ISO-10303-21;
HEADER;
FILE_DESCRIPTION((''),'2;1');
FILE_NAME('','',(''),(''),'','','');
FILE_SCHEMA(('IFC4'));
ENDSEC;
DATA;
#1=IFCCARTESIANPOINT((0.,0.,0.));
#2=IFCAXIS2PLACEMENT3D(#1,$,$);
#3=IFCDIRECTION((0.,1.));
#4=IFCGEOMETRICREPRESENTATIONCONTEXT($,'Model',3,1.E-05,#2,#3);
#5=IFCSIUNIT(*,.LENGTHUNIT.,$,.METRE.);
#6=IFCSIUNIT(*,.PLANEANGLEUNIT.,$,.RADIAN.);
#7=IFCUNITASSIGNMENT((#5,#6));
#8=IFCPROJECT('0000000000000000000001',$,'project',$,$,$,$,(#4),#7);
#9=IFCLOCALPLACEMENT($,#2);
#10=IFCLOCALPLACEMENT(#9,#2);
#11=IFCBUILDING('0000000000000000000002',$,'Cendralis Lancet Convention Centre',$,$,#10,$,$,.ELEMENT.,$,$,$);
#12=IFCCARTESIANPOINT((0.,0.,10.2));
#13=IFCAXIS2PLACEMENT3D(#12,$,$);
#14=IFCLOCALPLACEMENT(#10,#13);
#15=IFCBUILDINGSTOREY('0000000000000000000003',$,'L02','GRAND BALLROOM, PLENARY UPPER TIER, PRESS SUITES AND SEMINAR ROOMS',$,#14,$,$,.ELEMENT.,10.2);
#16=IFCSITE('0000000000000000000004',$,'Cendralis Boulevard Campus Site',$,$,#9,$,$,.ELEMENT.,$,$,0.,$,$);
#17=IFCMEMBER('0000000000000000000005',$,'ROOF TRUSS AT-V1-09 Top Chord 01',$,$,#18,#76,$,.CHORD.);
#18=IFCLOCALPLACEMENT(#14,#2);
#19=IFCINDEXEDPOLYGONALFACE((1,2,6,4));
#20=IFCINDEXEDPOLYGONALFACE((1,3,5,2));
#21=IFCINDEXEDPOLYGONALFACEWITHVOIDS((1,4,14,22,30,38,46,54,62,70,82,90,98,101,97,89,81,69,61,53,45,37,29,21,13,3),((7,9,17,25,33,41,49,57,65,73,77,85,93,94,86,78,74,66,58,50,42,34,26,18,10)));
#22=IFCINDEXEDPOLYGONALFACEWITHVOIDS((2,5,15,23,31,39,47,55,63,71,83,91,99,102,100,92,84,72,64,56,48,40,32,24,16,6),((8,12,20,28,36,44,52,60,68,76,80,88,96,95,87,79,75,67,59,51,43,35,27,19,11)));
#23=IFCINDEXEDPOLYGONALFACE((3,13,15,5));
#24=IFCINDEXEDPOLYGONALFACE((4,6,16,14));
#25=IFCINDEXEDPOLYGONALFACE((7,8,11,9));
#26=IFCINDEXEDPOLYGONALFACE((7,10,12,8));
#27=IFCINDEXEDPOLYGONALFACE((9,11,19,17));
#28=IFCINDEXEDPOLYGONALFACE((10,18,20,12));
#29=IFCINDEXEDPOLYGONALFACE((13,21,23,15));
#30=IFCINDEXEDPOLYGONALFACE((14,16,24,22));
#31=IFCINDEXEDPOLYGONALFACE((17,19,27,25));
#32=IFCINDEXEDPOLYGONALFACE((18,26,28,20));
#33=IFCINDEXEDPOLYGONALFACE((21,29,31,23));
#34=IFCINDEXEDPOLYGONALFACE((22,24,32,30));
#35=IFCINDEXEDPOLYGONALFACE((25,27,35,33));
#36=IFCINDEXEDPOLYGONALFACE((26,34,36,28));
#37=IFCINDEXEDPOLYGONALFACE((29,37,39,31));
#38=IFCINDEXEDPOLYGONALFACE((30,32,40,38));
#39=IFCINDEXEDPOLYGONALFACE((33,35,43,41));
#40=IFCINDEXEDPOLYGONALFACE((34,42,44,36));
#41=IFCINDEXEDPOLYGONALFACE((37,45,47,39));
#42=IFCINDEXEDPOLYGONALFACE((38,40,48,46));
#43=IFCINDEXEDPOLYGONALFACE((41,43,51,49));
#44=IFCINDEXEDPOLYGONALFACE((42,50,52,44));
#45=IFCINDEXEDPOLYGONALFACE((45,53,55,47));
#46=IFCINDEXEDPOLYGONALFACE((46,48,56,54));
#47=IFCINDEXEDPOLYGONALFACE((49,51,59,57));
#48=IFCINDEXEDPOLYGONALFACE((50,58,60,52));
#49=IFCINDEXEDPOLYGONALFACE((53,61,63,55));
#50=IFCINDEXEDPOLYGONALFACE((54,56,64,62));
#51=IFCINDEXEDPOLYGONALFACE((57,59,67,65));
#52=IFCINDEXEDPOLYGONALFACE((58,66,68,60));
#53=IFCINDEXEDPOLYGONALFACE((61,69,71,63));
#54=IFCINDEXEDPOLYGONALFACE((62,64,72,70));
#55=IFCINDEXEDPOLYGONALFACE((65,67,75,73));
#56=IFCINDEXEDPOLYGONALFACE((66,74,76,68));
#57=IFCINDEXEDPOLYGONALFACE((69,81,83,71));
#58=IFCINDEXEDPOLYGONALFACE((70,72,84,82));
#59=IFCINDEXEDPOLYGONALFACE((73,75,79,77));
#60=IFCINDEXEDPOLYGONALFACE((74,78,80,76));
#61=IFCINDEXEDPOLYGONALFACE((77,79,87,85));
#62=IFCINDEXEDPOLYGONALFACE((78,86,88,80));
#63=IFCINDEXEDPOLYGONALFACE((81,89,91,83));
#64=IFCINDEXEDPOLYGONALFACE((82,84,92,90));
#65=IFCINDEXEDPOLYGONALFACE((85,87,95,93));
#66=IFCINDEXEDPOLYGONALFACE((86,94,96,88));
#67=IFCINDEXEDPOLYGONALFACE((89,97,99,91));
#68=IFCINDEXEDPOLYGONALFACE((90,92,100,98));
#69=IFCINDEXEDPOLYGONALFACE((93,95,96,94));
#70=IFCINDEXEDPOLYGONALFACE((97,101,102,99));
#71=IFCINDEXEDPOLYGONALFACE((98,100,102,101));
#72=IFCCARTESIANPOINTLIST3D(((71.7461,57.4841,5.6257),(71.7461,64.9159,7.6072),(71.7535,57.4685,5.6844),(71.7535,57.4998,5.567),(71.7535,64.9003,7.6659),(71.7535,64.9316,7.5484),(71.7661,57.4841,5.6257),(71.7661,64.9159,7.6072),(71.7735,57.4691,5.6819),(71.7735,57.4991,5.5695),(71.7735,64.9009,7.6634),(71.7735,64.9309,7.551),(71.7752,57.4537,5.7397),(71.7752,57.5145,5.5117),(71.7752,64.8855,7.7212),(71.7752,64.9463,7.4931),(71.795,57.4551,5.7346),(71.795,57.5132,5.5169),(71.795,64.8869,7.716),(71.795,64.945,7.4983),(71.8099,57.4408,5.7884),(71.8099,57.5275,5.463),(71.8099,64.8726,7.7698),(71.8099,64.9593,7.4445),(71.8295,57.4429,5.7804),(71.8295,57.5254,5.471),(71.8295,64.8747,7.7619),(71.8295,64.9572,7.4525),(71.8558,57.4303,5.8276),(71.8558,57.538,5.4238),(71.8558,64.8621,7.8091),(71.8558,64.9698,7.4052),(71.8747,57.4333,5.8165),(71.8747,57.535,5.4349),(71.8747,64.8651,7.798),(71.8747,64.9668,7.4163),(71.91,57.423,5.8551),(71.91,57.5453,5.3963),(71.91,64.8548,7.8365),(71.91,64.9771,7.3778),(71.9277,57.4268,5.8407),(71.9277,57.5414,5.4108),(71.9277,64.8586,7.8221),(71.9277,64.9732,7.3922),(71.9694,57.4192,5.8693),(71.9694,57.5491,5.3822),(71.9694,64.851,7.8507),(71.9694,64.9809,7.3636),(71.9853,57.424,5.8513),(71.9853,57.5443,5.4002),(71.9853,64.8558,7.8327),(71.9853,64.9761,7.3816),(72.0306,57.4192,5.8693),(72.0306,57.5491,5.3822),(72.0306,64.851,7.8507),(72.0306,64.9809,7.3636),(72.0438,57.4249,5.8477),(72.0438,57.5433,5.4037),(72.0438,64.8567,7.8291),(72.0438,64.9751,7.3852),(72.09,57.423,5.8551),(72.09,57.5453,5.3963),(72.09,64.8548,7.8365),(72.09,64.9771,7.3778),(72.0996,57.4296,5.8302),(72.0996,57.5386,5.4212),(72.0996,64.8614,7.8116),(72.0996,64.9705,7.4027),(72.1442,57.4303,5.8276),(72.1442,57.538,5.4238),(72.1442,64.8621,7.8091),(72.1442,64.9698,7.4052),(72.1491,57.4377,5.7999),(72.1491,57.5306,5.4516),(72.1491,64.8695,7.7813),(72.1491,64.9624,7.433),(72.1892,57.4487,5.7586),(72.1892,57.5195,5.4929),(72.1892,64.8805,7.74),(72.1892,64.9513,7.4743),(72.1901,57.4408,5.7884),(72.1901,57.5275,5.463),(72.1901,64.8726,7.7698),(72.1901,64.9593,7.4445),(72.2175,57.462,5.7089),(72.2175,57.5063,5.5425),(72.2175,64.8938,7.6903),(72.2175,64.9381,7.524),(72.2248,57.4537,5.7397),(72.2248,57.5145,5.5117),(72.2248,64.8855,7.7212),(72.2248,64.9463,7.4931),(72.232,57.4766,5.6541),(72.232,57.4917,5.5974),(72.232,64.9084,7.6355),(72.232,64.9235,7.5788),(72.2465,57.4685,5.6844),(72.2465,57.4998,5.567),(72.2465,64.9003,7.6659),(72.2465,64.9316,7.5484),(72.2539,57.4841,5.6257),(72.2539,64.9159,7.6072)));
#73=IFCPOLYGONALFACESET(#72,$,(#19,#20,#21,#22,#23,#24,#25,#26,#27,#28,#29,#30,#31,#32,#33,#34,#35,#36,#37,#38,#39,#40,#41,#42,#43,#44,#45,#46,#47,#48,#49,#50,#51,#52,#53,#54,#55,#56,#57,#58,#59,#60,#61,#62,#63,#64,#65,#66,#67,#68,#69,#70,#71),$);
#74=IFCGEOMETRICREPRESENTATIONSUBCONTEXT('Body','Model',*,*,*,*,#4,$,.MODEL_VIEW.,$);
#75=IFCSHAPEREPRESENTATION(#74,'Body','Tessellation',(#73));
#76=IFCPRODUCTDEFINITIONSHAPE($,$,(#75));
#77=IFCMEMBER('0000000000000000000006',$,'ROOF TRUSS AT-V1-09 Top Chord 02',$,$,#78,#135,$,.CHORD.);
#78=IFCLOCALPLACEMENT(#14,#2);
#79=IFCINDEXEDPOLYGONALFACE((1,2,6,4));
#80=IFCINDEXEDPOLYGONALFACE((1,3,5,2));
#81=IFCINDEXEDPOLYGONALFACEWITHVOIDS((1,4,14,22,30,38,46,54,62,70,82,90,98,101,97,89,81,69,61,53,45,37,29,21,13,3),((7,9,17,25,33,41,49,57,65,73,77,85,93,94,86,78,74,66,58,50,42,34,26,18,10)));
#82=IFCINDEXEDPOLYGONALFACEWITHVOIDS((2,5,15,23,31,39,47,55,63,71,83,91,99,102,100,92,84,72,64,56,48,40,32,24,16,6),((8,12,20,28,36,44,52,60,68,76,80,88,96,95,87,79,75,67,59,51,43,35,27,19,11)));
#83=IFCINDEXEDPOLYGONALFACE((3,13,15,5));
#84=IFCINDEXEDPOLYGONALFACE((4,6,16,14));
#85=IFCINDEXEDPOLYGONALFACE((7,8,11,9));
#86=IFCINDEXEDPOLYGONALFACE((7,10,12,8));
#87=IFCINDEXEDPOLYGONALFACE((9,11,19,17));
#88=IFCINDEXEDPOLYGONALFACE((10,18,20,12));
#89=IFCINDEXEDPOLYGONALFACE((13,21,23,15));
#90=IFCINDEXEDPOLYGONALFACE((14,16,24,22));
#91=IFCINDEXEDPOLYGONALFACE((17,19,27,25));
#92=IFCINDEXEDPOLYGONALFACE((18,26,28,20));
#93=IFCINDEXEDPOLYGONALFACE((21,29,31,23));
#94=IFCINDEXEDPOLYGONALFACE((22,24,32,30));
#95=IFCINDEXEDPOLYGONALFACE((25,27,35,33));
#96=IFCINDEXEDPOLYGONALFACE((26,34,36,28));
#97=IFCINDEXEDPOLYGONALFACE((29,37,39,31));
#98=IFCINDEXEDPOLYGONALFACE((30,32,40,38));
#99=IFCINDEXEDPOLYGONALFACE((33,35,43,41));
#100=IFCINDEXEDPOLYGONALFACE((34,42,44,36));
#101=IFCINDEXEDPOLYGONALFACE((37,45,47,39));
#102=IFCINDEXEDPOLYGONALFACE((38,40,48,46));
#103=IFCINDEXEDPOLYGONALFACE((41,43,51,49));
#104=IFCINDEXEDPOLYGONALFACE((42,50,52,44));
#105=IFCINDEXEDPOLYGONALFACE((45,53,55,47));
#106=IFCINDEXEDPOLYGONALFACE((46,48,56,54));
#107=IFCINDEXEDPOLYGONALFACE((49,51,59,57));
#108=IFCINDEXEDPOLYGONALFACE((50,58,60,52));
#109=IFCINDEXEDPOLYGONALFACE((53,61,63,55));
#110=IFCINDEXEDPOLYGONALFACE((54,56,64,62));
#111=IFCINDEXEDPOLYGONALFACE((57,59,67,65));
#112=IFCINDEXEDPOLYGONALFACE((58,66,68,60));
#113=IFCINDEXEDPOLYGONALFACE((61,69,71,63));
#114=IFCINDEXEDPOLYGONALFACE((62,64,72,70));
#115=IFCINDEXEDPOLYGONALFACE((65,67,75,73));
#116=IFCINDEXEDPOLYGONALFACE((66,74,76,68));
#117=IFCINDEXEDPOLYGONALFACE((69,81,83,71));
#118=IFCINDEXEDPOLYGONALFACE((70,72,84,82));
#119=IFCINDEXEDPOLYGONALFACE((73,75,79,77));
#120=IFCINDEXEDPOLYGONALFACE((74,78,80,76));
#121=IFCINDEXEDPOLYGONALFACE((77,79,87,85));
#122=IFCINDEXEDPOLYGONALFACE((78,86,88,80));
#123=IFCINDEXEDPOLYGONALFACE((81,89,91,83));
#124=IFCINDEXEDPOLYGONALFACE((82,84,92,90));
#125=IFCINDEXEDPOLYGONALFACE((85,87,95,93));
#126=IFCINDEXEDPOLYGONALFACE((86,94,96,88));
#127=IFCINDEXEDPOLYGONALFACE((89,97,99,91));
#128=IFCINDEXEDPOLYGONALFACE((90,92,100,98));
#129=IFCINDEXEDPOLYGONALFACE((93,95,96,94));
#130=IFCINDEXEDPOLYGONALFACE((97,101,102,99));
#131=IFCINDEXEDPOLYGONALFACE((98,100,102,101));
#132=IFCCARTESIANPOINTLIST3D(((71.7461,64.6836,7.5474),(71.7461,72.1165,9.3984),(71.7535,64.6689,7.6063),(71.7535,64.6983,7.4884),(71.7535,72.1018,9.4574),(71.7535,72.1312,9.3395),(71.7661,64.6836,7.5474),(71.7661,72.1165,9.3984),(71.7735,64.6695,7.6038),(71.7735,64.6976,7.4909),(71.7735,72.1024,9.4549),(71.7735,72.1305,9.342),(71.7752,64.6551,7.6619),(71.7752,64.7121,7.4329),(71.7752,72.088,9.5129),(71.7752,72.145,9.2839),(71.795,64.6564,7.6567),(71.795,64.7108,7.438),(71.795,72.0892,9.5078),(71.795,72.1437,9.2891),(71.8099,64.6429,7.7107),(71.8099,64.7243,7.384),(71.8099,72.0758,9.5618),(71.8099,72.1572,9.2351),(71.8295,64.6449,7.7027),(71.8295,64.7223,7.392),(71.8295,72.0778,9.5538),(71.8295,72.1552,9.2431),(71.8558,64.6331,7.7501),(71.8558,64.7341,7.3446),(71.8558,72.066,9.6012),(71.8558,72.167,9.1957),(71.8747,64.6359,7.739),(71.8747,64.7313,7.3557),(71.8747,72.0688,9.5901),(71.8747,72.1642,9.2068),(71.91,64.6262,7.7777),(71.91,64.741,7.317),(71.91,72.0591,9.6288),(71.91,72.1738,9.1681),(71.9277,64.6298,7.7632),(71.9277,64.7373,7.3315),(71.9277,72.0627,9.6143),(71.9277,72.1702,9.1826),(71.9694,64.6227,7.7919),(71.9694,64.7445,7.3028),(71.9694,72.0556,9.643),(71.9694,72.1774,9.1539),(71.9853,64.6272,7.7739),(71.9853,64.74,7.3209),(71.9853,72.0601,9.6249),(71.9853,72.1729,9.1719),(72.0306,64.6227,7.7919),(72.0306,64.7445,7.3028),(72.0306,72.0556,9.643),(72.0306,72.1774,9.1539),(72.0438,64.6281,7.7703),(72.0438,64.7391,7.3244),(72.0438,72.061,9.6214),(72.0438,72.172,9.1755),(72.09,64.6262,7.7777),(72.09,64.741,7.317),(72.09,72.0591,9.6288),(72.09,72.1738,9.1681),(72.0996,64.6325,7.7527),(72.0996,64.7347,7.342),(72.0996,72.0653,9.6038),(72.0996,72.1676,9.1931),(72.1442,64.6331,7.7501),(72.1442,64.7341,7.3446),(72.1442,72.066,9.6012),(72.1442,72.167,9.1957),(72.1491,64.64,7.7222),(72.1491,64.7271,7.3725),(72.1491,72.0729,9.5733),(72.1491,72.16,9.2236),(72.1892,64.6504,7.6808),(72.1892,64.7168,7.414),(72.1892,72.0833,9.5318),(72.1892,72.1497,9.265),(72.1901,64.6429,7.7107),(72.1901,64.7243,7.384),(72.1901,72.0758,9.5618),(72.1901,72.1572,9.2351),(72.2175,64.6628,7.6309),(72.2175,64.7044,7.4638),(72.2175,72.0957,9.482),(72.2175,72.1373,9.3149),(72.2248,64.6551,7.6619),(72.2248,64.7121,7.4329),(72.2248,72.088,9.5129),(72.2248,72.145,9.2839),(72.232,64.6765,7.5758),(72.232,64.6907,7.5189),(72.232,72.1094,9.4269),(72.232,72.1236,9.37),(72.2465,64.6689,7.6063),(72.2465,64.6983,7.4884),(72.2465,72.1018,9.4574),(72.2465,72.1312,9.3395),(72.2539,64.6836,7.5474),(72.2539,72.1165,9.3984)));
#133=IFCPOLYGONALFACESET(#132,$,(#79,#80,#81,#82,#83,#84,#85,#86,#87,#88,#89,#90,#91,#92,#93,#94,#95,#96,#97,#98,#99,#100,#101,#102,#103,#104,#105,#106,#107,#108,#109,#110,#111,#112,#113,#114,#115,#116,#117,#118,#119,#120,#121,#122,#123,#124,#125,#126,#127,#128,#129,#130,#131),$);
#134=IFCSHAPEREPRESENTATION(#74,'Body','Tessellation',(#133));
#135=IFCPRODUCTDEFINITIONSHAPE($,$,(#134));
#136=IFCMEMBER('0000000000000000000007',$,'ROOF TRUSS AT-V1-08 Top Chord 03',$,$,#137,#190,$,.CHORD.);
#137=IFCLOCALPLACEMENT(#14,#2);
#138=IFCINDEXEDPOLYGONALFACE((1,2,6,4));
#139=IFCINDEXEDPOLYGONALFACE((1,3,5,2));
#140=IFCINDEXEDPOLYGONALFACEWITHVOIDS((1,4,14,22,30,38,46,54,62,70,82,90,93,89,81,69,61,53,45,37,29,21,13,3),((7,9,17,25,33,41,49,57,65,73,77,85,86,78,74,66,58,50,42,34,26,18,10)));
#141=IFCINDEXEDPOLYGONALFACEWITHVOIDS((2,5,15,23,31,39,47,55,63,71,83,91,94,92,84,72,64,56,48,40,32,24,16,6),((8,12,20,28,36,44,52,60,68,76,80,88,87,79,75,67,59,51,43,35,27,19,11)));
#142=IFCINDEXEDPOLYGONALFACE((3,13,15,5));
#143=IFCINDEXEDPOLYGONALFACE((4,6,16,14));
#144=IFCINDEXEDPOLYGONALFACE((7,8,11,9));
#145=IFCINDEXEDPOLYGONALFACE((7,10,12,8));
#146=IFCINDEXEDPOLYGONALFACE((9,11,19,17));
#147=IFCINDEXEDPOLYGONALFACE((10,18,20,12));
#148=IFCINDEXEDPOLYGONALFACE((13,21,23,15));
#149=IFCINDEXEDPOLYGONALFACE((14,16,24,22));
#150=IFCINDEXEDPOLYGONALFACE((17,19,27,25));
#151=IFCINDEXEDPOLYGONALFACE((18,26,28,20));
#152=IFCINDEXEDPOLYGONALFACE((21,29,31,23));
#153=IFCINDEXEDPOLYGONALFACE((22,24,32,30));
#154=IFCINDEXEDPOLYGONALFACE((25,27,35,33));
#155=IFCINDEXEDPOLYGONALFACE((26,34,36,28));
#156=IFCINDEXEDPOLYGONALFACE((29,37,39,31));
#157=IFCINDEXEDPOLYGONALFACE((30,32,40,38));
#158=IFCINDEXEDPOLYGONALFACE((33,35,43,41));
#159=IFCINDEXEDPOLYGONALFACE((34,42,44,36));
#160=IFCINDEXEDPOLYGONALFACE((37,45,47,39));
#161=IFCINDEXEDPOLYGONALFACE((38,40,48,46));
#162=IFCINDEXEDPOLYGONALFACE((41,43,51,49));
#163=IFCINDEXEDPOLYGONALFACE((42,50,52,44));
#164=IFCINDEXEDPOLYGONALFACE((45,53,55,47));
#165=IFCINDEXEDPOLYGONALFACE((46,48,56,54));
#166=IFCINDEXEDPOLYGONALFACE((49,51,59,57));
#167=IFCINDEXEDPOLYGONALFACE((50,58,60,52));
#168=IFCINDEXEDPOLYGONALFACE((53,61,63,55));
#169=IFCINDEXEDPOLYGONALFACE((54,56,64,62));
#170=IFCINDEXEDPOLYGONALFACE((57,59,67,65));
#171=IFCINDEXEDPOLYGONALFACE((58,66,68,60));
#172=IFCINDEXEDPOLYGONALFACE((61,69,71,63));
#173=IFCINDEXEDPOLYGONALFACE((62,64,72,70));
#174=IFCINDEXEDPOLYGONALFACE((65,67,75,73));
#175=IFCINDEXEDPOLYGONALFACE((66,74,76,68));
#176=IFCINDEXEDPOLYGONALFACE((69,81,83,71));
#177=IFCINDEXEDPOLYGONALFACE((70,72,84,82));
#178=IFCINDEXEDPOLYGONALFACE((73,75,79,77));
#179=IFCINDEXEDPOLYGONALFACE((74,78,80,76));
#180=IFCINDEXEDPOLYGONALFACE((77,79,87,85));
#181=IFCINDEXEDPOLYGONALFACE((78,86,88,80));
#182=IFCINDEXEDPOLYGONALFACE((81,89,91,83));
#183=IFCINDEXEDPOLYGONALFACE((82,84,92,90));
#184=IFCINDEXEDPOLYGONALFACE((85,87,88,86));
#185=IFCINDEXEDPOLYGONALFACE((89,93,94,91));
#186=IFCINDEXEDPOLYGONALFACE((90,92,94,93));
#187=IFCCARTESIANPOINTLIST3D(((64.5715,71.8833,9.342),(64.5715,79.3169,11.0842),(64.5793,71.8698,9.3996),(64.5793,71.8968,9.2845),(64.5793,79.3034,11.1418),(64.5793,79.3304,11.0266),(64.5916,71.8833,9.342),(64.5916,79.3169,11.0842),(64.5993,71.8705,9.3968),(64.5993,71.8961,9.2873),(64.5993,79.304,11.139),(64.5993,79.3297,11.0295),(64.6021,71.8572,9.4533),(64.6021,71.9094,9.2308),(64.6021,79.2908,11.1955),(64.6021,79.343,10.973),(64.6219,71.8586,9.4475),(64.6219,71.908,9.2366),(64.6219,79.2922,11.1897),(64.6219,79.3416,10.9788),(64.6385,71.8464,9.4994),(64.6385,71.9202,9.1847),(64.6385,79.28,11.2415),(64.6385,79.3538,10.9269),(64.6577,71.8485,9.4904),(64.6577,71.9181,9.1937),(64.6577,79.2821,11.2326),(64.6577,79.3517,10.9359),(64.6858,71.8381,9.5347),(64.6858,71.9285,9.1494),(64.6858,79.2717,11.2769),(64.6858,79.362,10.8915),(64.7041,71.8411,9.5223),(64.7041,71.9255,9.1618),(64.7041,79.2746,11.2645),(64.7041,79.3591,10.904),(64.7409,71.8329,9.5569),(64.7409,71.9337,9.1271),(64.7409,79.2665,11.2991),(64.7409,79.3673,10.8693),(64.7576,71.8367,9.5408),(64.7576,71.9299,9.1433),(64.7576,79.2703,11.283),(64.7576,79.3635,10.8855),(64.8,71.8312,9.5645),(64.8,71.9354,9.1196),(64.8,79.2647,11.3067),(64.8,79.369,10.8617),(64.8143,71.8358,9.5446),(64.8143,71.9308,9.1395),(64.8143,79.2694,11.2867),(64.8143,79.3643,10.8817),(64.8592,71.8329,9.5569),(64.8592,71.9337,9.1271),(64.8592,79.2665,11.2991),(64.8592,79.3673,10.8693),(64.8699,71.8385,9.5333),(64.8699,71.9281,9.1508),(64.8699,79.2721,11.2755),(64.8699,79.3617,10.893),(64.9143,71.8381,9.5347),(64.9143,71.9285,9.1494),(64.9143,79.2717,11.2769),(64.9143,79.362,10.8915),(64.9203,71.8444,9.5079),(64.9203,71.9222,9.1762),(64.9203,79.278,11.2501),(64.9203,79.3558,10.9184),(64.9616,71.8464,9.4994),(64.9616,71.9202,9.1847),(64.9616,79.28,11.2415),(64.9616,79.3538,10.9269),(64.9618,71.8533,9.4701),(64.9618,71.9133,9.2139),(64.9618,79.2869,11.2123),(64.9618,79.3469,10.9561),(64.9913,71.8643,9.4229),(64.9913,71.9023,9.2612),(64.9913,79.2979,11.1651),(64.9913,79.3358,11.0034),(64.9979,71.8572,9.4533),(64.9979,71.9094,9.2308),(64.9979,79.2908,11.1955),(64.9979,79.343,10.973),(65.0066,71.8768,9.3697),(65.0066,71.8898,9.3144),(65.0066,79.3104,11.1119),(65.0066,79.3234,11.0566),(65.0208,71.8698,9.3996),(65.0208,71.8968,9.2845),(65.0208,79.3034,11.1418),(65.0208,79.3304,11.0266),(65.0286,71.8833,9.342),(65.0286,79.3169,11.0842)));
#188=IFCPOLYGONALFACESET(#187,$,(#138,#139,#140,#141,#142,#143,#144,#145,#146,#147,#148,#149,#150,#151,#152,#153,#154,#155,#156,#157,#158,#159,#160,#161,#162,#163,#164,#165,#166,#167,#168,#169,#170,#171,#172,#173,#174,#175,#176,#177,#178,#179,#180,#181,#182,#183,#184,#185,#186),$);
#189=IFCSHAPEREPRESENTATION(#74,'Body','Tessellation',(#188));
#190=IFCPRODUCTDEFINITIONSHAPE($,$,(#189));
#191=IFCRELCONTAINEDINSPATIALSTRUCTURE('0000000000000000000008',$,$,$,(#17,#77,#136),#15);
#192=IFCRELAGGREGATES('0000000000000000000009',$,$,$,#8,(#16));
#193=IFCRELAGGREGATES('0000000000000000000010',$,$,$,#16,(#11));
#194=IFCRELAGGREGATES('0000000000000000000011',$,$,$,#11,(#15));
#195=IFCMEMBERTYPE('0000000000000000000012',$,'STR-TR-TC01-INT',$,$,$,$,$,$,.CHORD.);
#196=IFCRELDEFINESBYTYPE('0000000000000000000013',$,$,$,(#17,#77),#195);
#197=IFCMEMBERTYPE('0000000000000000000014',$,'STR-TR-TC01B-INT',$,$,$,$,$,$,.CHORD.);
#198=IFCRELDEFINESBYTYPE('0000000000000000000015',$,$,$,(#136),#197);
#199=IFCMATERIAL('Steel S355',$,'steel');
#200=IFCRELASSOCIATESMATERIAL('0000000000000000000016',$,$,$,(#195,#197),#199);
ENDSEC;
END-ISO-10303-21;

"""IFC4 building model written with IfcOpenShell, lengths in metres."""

from ifc_helpers import new_model, si_unit, direction, frame, origin, origin_2d, place, context, subcontext, project, spatial, hollow_circle, extrude, material, material_profile, profile_set, type_object, element, save


model = new_model("IFC4")

# Units and contexts
model_context = context("Model", 3, precision=1e-05, world=origin(), true_north=direction((0.0, 1.0)))
body_context = subcontext(model_context, "Body", "Model", "MODEL_VIEW")
ifc_project = project(units=[si_unit("LENGTHUNIT", "METRE"), si_unit("PLANEANGLEUNIT", "RADIAN")], contexts=[model_context])

# Site, building, storey
site_placement = place(None, origin())
site = spatial("IfcSite", under=ifc_project, at=site_placement, Name="Cendralis Boulevard Campus Site", CompositionType="ELEMENT", RefElevation=0.0)
building_placement = place(site_placement, origin())
building = spatial("IfcBuilding", under=site, at=building_placement, Name="Cendralis Lancet Convention Centre", CompositionType="ELEMENT")
storey_placement = place(building_placement, frame((0.0, 0.0, 10.2)))
storey = spatial("IfcBuildingStorey", under=building, at=storey_placement, Name="L02", Description="GRAND BALLROOM, PLENARY UPPER TIER, PRESS SUITES AND SEMINAR ROOMS", CompositionType="ELEMENT", Elevation=10.2)

# Members
ifc_material = material(Name="Steel S355", Category="steel")
ifc_material_profile_1 = material_profile(ifc_material, hollow_circle(Radius=0.2539, WallThickness=0.02, at=origin_2d()), Name="CHS 508.0x20.0")
ifc_profile_set_1 = profile_set([ifc_material_profile_1], Name="Steel S355")
member_type_1 = type_object("IfcMemberType", Name="STR-TR-TC01-INT", PredefinedType="CHORD", material=ifc_profile_set_1)
member_1_placement = place(storey_placement, frame((72.0, 57.4841, 5.6257), z_axis=(0.0, 0.966248, 0.257615), x_axis=(-1.0, 0.0, 0.0)))
element("IfcMember", 1, at=member_1_placement, inside=storey, type_object=member_type_1, Name="ROOF TRUSS AT-V1-09 Top Chord 01", PredefinedType="CHORD", context=body_context, shape_type="SweptSolid", body=[
    extrude(hollow_circle(Radius=0.2539, WallThickness=0.02, at=origin_2d()), origin(), (0.0, 0.0, 1.0), 7.6914),
])
member_2_placement = place(storey_placement, frame((72.0, 64.6836, 7.5474), z_axis=(0.0, 0.970361, 0.241658), x_axis=(-1.0, 0.0, 0.0)))
element("IfcMember", 2, at=member_2_placement, inside=storey, type_object=member_type_1, Name="ROOF TRUSS AT-V1-09 Top Chord 02", PredefinedType="CHORD", context=body_context, shape_type="SweptSolid", body=[
    extrude(hollow_circle(Radius=0.2539, WallThickness=0.02, at=origin_2d()), origin(), (0.0, 0.0, 1.0), 7.6599),
])
ifc_material_profile_2 = material_profile(ifc_material, hollow_circle(Radius=0.2285, WallThickness=0.02, at=origin_2d()), Name="CHS 457.0x20.0")
ifc_profile_set_2 = profile_set([ifc_material_profile_2], Name="Steel S355")
member_type_2 = type_object("IfcMemberType", Name="STR-TR-TC01B-INT", PredefinedType="CHORD", material=ifc_profile_set_2)
for number, where, z_axis, x_axis, name in (
    (3, (64.8, 71.8833, 9.342), (0.0, 0.973618, 0.228184), (-1.0, 0.0, 0.0), "ROOF TRUSS AT-V1-08 Top Chord 03"),
):
    element("IfcMember", number, at=place(storey_placement, frame(where, z_axis=z_axis, x_axis=x_axis)), inside=storey, type_object=member_type_2, Name=name, PredefinedType="CHORD", context=body_context, shape_type="SweptSolid", body=[
        extrude(hollow_circle(Radius=0.2285, WallThickness=0.02, at=origin_2d()), origin(), (0.0, 0.0, 1.0), 7.635),
    ])

save(model, "model.ifc")
